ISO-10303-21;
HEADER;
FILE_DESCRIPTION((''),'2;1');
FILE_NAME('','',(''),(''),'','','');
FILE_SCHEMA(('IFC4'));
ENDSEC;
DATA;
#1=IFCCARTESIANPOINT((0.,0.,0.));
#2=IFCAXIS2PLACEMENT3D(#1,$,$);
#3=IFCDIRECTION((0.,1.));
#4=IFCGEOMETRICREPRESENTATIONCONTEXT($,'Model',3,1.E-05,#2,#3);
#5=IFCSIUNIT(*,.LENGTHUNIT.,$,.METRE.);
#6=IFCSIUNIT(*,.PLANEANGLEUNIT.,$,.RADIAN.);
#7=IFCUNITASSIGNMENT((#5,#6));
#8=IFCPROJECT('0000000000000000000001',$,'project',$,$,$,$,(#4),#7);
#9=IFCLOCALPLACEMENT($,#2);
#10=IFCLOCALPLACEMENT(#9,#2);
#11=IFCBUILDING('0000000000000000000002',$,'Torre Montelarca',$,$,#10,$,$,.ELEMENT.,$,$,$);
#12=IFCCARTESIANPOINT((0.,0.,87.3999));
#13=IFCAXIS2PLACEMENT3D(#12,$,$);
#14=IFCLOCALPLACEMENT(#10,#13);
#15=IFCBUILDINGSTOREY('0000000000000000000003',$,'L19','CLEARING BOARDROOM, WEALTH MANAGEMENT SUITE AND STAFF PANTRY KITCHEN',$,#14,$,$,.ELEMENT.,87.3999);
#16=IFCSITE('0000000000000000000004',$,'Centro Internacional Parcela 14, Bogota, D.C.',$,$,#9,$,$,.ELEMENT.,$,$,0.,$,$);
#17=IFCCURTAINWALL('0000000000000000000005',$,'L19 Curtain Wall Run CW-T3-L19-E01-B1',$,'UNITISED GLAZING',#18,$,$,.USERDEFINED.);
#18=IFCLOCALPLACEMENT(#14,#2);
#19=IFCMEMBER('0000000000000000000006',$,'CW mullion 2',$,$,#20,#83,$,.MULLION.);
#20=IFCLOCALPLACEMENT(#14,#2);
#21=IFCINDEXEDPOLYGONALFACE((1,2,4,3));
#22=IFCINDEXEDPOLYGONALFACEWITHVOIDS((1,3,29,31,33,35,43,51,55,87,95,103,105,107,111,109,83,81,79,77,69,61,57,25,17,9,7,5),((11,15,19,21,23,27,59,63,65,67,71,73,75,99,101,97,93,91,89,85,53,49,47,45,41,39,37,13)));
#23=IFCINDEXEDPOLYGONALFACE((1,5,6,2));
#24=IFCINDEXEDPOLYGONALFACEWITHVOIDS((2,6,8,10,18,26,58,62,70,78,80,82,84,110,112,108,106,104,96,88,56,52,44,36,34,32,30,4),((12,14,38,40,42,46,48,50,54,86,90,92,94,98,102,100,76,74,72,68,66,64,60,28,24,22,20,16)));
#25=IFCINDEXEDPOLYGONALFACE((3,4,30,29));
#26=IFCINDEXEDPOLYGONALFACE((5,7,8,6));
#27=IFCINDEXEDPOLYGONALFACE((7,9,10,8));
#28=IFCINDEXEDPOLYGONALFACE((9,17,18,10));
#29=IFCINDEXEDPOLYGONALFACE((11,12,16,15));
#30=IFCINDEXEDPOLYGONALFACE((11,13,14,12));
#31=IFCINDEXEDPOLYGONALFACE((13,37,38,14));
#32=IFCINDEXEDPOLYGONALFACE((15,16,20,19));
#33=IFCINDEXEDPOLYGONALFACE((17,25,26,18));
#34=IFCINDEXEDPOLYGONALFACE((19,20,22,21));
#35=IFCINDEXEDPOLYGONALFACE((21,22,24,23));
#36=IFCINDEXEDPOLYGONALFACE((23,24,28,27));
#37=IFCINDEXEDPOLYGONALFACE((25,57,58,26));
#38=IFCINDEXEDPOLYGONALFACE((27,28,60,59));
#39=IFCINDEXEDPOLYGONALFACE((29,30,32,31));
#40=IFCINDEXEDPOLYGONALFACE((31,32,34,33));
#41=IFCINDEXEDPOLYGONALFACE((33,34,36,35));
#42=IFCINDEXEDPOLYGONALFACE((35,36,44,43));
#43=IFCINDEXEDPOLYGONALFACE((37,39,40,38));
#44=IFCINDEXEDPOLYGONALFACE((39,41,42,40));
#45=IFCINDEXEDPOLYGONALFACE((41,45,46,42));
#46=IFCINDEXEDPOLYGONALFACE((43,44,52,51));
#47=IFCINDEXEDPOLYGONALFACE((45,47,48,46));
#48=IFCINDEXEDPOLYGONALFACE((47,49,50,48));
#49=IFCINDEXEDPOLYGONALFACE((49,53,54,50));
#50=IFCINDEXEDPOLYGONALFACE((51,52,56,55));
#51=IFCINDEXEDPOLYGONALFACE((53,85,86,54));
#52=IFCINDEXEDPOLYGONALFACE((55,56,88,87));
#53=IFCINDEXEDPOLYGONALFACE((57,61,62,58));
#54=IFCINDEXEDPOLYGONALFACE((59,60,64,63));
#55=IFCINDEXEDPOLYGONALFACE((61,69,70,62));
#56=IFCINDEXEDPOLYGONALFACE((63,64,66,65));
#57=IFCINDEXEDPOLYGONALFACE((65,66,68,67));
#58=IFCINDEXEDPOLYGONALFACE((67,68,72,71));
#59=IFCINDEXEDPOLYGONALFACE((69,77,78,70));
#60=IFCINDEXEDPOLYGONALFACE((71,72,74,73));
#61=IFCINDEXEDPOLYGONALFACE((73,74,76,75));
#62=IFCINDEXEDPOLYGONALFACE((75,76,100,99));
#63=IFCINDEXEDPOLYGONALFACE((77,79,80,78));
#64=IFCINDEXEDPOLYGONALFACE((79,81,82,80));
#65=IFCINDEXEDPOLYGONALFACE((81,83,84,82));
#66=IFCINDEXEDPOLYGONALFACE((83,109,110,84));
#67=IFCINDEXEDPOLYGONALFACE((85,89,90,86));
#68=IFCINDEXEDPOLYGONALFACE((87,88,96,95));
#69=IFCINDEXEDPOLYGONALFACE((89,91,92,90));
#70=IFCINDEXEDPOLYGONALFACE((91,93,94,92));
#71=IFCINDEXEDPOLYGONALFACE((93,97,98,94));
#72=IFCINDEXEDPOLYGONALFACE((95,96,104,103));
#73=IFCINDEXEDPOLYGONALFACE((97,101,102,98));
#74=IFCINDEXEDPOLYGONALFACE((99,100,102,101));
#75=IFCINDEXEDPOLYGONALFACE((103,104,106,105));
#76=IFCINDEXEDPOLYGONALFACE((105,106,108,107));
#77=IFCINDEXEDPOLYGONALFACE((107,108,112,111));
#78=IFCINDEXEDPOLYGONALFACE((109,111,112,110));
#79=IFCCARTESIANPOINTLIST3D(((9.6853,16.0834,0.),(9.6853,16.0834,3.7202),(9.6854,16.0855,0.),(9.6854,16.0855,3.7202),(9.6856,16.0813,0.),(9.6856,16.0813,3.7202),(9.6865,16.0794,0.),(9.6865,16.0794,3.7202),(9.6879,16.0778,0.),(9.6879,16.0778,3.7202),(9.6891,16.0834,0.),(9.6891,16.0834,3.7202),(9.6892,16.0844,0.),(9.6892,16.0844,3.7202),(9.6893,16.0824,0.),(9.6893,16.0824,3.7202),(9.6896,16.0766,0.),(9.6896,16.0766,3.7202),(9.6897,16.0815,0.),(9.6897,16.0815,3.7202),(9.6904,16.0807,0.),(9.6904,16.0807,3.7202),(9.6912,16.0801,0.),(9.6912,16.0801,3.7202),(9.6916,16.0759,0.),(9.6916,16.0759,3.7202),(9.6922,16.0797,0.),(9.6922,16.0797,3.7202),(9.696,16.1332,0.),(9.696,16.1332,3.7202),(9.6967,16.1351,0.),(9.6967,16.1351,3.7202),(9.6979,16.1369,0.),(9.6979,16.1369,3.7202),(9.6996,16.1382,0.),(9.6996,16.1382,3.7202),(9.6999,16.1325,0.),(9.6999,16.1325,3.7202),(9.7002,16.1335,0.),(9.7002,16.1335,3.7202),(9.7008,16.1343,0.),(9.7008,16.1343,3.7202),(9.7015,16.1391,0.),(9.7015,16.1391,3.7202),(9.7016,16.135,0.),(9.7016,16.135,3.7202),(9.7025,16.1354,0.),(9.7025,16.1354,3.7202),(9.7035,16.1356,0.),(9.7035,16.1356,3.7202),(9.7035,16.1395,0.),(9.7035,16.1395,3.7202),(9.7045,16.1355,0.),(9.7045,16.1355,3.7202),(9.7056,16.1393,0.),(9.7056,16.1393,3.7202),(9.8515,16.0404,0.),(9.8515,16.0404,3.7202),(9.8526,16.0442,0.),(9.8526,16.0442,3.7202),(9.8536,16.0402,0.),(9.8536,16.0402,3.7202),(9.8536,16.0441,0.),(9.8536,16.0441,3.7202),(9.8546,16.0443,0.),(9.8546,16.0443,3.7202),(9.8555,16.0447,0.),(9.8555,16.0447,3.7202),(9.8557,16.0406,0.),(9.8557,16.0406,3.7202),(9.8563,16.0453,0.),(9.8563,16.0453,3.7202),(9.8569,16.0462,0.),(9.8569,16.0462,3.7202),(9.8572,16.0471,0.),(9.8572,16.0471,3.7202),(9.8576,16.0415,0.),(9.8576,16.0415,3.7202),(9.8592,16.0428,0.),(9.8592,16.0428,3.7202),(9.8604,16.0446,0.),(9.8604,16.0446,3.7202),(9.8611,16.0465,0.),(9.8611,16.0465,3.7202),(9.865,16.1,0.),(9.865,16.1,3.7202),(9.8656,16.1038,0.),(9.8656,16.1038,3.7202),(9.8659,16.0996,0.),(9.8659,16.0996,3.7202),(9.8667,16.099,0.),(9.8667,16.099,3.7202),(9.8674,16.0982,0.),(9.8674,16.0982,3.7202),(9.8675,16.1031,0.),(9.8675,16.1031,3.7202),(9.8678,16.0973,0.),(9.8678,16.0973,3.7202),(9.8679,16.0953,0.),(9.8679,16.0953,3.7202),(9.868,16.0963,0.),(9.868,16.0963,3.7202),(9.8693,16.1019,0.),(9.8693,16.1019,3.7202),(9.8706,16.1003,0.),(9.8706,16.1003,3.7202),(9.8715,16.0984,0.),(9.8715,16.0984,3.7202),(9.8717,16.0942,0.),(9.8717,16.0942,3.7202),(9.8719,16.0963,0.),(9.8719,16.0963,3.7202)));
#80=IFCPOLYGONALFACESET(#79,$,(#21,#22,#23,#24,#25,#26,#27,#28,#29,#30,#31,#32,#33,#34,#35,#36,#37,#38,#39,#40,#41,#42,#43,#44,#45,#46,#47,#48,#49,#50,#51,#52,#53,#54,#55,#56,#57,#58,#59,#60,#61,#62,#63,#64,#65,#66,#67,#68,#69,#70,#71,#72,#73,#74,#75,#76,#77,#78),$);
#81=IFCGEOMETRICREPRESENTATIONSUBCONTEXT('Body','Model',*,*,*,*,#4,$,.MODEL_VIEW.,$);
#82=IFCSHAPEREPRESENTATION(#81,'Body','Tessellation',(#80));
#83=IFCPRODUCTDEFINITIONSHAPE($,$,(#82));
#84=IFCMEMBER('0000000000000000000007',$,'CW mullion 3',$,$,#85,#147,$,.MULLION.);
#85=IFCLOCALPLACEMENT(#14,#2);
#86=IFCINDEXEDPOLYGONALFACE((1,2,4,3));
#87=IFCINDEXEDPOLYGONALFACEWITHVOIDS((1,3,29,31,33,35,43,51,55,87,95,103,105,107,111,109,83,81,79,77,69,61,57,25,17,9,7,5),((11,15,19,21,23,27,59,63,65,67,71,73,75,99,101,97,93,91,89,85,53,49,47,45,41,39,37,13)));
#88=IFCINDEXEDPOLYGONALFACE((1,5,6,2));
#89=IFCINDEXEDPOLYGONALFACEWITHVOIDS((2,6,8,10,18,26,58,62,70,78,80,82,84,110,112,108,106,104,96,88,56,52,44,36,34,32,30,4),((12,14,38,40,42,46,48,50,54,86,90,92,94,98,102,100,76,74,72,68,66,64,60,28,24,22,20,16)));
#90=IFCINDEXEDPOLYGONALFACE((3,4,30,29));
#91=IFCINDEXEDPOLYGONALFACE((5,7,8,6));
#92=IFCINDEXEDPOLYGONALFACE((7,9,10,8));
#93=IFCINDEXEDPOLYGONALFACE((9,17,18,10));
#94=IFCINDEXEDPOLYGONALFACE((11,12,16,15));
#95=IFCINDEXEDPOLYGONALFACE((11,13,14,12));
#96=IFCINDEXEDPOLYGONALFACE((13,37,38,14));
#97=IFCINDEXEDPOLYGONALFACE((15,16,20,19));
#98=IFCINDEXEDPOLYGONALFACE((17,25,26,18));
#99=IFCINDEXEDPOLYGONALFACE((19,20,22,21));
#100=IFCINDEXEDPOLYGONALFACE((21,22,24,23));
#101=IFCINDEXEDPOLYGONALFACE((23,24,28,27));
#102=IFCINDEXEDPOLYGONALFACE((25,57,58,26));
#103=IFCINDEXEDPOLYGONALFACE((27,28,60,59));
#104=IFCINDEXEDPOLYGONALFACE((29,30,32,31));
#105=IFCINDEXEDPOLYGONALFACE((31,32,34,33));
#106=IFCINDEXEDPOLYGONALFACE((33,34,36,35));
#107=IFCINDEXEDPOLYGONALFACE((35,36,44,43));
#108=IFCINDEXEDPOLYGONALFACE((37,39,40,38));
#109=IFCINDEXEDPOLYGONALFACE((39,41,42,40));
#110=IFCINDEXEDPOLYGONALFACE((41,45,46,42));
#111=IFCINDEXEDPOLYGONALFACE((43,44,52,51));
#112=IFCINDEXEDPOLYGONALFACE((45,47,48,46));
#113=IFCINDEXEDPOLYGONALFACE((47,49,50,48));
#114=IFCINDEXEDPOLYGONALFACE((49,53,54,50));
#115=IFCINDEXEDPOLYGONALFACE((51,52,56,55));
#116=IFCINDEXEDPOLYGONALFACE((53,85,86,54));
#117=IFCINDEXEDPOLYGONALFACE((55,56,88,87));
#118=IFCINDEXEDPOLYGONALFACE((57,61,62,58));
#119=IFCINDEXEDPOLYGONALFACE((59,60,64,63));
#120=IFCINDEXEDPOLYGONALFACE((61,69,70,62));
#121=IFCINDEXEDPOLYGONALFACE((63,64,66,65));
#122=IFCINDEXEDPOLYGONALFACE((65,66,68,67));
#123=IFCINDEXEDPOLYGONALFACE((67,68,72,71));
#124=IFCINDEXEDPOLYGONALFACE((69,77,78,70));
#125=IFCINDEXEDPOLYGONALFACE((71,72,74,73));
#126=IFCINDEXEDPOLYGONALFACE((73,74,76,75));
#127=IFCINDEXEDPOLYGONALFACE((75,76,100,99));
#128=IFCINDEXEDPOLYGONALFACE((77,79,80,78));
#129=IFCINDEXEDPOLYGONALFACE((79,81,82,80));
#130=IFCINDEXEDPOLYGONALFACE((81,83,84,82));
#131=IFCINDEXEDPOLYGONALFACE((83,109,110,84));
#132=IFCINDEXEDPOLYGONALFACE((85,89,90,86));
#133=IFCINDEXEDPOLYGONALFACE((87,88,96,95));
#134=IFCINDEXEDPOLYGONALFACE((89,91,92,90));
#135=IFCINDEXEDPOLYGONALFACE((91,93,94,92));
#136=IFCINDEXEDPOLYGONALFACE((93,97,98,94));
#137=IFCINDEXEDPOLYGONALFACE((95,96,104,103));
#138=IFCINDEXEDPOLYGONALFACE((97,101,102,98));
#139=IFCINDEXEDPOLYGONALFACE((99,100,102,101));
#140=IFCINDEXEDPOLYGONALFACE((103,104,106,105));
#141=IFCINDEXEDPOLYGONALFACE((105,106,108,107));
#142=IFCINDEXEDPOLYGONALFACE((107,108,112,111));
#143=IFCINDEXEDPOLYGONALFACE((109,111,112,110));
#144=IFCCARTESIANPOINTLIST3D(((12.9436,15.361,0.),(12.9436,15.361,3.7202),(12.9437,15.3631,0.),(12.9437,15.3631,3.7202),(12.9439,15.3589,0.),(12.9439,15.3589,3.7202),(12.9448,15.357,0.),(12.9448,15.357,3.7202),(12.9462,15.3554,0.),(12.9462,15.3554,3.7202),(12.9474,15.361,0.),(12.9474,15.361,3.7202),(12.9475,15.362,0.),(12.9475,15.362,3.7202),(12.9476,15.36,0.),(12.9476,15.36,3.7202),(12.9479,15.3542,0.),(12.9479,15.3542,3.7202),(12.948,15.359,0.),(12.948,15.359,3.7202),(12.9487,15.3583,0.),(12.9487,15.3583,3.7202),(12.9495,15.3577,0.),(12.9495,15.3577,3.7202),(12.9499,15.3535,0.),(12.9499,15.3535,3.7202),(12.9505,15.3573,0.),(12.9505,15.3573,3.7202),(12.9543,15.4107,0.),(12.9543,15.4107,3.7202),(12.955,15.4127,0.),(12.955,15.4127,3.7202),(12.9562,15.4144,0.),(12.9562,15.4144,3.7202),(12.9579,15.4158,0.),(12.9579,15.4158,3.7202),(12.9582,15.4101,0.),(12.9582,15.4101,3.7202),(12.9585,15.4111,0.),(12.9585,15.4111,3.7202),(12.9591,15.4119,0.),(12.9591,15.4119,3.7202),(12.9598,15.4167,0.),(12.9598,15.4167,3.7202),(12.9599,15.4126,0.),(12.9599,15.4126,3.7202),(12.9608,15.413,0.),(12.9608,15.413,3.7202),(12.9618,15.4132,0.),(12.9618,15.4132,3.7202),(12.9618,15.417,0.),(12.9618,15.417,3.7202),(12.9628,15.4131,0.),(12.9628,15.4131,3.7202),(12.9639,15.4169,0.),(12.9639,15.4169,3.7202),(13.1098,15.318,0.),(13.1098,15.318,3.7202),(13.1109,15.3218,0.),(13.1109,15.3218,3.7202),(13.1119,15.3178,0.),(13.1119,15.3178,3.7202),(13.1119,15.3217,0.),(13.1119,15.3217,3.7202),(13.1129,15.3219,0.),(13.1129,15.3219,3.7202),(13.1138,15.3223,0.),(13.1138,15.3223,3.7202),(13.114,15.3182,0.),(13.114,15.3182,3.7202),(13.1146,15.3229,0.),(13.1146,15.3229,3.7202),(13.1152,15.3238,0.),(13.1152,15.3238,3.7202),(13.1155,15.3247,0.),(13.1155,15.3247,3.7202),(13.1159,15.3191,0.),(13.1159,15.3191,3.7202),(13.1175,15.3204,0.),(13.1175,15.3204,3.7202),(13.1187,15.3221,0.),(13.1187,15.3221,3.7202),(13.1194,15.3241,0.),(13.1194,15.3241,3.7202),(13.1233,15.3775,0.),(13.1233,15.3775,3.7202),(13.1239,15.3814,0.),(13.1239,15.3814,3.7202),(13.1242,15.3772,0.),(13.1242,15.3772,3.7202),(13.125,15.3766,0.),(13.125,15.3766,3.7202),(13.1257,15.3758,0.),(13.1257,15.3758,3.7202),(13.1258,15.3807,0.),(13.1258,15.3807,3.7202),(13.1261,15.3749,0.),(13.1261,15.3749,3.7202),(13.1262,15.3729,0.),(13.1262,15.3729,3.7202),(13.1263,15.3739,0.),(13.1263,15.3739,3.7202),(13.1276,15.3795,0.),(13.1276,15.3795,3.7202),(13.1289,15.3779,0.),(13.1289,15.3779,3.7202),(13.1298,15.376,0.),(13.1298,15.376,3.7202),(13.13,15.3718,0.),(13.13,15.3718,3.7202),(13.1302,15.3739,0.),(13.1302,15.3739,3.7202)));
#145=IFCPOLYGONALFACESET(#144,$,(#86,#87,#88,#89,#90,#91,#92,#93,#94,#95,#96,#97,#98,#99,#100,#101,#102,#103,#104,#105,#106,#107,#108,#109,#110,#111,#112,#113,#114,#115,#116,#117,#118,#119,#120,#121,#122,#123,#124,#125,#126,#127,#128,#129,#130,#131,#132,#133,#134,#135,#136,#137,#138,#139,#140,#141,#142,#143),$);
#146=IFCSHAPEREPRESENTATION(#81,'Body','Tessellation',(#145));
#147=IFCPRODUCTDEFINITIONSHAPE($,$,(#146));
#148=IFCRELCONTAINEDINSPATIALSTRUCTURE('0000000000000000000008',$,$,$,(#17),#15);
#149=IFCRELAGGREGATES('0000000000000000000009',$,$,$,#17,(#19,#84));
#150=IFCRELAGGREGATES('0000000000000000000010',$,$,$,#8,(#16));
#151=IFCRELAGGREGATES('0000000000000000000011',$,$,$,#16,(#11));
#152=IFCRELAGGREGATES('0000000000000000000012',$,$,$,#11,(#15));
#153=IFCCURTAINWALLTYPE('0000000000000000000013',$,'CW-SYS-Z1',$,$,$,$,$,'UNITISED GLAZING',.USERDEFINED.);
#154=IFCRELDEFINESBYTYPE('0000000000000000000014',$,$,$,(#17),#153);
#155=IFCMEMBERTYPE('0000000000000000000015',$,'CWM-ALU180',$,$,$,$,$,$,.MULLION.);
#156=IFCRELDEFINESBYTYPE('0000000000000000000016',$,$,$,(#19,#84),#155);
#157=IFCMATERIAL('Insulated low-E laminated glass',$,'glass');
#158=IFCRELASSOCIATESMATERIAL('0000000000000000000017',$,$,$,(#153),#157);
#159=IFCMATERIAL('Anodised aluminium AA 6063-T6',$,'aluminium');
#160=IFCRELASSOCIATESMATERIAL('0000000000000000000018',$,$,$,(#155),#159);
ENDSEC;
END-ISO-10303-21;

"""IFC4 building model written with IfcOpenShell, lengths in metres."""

from ifc_helpers import new_model, si_unit, direction, frame, origin, origin_2d, place, context, subcontext, project, spatial, hollow_rectangle, extrude, source, transform, mapped, material, material_profile, profile_set, type_object, element, aggregate, save


model = new_model("IFC4")

# Units and contexts
model_context = context("Model", 3, precision=1e-05, world=origin(), true_north=direction((0.0, 1.0)))
body_context = subcontext(model_context, "Body", "Model", "MODEL_VIEW")
ifc_project = project(units=[si_unit("LENGTHUNIT", "METRE"), si_unit("PLANEANGLEUNIT", "RADIAN")], contexts=[model_context])

# Site, building, storey
site_placement = place(None, origin())
site = spatial("IfcSite", under=ifc_project, at=site_placement, Name="Centro Internacional Parcela 14, Bogota, D.C.", CompositionType="ELEMENT", RefElevation=0.0)
building_placement = place(site_placement, origin())
building = spatial("IfcBuilding", under=site, at=building_placement, Name="Torre Montelarca", CompositionType="ELEMENT")
storey_placement = place(building_placement, frame((0.0, 0.0, 87.3999)))
storey = spatial("IfcBuildingStorey", under=building, at=storey_placement, Name="L19", Description="CLEARING BOARDROOM, WEALTH MANAGEMENT SUITE AND STAFF PANTRY KITCHEN", CompositionType="ELEMENT", Elevation=87.3999)

# Curtain wall
ifc_material_1 = material(Name="Insulated low-E laminated glass", Category="glass")
curtain_wall_type = type_object("IfcCurtainWallType", Name="CW-SYS-Z1", ElementType="UNITISED GLAZING", PredefinedType="USERDEFINED", material=ifc_material_1)
curtain_wall_1_placement = place(storey_placement, origin())
curtain_wall_1 = element("IfcCurtainWall", 1, at=curtain_wall_1_placement, inside=storey, type_object=curtain_wall_type, Name="L19 Curtain Wall Run CW-T3-L19-E01-B1", ObjectType="UNITISED GLAZING", PredefinedType="USERDEFINED")
ifc_material_2 = material(Name="Anodised aluminium AA 6063-T6", Category="aluminium")

# Members
ifc_material_profile_1 = material_profile(ifc_material_2, hollow_rectangle(XDim=0.0649, YDim=0.1799, WallThickness=0.0039, InnerFilletRadius=0.0039, OuterFilletRadius=0.0081, at=origin_2d()), Name="ALU65X180X4", Category="aluminium")
ifc_profile_set_1 = profile_set([ifc_material_profile_1], Name="Anodised aluminium AA 6063-T6")
member_type_1 = type_object("IfcMemberType", Name="CWM-ALU180", PredefinedType="MULLION", material=ifc_profile_set_1)
shared_shape_1 = source(origin(), body_context, "Body", "SweptSolid", [
    extrude(hollow_rectangle(XDim=0.0649, YDim=0.1799, WallThickness=0.0039, InnerFilletRadius=0.0039, OuterFilletRadius=0.0081, at=origin_2d()), origin(), (0.0, 0.0, 1.0), 3.7202),
])
member_1_placement = place(storey_placement, frame((9.7786, 16.0898, 0.0), z_axis=(0.0, 0.0, 1.0), x_axis=(0.216437, 0.976297, 0.0)))
member_1 = element("IfcMember", 2, at=member_1_placement, type_object=member_type_1, Name="CW mullion 2", PredefinedType="MULLION", context=body_context, shape_type="MappedRepresentation", body=[
    mapped(shared_shape_1, transform((0.0, 0.0, 0.0), scale=1.0)),
])
member_2_placement = place(storey_placement, frame((13.0369, 15.3674, 0.0), z_axis=(0.0, 0.0, 1.0), x_axis=(0.216437, 0.976297, 0.0)))
member_2 = element("IfcMember", 3, at=member_2_placement, type_object=member_type_1, Name="CW mullion 3", PredefinedType="MULLION", context=body_context, shape_type="MappedRepresentation", body=[
    mapped(shared_shape_1, transform((0.0, 0.0, 0.0), scale=1.0)),
])

aggregate(curtain_wall_1, [member_1, member_2])

save(model, "model.ifc")
